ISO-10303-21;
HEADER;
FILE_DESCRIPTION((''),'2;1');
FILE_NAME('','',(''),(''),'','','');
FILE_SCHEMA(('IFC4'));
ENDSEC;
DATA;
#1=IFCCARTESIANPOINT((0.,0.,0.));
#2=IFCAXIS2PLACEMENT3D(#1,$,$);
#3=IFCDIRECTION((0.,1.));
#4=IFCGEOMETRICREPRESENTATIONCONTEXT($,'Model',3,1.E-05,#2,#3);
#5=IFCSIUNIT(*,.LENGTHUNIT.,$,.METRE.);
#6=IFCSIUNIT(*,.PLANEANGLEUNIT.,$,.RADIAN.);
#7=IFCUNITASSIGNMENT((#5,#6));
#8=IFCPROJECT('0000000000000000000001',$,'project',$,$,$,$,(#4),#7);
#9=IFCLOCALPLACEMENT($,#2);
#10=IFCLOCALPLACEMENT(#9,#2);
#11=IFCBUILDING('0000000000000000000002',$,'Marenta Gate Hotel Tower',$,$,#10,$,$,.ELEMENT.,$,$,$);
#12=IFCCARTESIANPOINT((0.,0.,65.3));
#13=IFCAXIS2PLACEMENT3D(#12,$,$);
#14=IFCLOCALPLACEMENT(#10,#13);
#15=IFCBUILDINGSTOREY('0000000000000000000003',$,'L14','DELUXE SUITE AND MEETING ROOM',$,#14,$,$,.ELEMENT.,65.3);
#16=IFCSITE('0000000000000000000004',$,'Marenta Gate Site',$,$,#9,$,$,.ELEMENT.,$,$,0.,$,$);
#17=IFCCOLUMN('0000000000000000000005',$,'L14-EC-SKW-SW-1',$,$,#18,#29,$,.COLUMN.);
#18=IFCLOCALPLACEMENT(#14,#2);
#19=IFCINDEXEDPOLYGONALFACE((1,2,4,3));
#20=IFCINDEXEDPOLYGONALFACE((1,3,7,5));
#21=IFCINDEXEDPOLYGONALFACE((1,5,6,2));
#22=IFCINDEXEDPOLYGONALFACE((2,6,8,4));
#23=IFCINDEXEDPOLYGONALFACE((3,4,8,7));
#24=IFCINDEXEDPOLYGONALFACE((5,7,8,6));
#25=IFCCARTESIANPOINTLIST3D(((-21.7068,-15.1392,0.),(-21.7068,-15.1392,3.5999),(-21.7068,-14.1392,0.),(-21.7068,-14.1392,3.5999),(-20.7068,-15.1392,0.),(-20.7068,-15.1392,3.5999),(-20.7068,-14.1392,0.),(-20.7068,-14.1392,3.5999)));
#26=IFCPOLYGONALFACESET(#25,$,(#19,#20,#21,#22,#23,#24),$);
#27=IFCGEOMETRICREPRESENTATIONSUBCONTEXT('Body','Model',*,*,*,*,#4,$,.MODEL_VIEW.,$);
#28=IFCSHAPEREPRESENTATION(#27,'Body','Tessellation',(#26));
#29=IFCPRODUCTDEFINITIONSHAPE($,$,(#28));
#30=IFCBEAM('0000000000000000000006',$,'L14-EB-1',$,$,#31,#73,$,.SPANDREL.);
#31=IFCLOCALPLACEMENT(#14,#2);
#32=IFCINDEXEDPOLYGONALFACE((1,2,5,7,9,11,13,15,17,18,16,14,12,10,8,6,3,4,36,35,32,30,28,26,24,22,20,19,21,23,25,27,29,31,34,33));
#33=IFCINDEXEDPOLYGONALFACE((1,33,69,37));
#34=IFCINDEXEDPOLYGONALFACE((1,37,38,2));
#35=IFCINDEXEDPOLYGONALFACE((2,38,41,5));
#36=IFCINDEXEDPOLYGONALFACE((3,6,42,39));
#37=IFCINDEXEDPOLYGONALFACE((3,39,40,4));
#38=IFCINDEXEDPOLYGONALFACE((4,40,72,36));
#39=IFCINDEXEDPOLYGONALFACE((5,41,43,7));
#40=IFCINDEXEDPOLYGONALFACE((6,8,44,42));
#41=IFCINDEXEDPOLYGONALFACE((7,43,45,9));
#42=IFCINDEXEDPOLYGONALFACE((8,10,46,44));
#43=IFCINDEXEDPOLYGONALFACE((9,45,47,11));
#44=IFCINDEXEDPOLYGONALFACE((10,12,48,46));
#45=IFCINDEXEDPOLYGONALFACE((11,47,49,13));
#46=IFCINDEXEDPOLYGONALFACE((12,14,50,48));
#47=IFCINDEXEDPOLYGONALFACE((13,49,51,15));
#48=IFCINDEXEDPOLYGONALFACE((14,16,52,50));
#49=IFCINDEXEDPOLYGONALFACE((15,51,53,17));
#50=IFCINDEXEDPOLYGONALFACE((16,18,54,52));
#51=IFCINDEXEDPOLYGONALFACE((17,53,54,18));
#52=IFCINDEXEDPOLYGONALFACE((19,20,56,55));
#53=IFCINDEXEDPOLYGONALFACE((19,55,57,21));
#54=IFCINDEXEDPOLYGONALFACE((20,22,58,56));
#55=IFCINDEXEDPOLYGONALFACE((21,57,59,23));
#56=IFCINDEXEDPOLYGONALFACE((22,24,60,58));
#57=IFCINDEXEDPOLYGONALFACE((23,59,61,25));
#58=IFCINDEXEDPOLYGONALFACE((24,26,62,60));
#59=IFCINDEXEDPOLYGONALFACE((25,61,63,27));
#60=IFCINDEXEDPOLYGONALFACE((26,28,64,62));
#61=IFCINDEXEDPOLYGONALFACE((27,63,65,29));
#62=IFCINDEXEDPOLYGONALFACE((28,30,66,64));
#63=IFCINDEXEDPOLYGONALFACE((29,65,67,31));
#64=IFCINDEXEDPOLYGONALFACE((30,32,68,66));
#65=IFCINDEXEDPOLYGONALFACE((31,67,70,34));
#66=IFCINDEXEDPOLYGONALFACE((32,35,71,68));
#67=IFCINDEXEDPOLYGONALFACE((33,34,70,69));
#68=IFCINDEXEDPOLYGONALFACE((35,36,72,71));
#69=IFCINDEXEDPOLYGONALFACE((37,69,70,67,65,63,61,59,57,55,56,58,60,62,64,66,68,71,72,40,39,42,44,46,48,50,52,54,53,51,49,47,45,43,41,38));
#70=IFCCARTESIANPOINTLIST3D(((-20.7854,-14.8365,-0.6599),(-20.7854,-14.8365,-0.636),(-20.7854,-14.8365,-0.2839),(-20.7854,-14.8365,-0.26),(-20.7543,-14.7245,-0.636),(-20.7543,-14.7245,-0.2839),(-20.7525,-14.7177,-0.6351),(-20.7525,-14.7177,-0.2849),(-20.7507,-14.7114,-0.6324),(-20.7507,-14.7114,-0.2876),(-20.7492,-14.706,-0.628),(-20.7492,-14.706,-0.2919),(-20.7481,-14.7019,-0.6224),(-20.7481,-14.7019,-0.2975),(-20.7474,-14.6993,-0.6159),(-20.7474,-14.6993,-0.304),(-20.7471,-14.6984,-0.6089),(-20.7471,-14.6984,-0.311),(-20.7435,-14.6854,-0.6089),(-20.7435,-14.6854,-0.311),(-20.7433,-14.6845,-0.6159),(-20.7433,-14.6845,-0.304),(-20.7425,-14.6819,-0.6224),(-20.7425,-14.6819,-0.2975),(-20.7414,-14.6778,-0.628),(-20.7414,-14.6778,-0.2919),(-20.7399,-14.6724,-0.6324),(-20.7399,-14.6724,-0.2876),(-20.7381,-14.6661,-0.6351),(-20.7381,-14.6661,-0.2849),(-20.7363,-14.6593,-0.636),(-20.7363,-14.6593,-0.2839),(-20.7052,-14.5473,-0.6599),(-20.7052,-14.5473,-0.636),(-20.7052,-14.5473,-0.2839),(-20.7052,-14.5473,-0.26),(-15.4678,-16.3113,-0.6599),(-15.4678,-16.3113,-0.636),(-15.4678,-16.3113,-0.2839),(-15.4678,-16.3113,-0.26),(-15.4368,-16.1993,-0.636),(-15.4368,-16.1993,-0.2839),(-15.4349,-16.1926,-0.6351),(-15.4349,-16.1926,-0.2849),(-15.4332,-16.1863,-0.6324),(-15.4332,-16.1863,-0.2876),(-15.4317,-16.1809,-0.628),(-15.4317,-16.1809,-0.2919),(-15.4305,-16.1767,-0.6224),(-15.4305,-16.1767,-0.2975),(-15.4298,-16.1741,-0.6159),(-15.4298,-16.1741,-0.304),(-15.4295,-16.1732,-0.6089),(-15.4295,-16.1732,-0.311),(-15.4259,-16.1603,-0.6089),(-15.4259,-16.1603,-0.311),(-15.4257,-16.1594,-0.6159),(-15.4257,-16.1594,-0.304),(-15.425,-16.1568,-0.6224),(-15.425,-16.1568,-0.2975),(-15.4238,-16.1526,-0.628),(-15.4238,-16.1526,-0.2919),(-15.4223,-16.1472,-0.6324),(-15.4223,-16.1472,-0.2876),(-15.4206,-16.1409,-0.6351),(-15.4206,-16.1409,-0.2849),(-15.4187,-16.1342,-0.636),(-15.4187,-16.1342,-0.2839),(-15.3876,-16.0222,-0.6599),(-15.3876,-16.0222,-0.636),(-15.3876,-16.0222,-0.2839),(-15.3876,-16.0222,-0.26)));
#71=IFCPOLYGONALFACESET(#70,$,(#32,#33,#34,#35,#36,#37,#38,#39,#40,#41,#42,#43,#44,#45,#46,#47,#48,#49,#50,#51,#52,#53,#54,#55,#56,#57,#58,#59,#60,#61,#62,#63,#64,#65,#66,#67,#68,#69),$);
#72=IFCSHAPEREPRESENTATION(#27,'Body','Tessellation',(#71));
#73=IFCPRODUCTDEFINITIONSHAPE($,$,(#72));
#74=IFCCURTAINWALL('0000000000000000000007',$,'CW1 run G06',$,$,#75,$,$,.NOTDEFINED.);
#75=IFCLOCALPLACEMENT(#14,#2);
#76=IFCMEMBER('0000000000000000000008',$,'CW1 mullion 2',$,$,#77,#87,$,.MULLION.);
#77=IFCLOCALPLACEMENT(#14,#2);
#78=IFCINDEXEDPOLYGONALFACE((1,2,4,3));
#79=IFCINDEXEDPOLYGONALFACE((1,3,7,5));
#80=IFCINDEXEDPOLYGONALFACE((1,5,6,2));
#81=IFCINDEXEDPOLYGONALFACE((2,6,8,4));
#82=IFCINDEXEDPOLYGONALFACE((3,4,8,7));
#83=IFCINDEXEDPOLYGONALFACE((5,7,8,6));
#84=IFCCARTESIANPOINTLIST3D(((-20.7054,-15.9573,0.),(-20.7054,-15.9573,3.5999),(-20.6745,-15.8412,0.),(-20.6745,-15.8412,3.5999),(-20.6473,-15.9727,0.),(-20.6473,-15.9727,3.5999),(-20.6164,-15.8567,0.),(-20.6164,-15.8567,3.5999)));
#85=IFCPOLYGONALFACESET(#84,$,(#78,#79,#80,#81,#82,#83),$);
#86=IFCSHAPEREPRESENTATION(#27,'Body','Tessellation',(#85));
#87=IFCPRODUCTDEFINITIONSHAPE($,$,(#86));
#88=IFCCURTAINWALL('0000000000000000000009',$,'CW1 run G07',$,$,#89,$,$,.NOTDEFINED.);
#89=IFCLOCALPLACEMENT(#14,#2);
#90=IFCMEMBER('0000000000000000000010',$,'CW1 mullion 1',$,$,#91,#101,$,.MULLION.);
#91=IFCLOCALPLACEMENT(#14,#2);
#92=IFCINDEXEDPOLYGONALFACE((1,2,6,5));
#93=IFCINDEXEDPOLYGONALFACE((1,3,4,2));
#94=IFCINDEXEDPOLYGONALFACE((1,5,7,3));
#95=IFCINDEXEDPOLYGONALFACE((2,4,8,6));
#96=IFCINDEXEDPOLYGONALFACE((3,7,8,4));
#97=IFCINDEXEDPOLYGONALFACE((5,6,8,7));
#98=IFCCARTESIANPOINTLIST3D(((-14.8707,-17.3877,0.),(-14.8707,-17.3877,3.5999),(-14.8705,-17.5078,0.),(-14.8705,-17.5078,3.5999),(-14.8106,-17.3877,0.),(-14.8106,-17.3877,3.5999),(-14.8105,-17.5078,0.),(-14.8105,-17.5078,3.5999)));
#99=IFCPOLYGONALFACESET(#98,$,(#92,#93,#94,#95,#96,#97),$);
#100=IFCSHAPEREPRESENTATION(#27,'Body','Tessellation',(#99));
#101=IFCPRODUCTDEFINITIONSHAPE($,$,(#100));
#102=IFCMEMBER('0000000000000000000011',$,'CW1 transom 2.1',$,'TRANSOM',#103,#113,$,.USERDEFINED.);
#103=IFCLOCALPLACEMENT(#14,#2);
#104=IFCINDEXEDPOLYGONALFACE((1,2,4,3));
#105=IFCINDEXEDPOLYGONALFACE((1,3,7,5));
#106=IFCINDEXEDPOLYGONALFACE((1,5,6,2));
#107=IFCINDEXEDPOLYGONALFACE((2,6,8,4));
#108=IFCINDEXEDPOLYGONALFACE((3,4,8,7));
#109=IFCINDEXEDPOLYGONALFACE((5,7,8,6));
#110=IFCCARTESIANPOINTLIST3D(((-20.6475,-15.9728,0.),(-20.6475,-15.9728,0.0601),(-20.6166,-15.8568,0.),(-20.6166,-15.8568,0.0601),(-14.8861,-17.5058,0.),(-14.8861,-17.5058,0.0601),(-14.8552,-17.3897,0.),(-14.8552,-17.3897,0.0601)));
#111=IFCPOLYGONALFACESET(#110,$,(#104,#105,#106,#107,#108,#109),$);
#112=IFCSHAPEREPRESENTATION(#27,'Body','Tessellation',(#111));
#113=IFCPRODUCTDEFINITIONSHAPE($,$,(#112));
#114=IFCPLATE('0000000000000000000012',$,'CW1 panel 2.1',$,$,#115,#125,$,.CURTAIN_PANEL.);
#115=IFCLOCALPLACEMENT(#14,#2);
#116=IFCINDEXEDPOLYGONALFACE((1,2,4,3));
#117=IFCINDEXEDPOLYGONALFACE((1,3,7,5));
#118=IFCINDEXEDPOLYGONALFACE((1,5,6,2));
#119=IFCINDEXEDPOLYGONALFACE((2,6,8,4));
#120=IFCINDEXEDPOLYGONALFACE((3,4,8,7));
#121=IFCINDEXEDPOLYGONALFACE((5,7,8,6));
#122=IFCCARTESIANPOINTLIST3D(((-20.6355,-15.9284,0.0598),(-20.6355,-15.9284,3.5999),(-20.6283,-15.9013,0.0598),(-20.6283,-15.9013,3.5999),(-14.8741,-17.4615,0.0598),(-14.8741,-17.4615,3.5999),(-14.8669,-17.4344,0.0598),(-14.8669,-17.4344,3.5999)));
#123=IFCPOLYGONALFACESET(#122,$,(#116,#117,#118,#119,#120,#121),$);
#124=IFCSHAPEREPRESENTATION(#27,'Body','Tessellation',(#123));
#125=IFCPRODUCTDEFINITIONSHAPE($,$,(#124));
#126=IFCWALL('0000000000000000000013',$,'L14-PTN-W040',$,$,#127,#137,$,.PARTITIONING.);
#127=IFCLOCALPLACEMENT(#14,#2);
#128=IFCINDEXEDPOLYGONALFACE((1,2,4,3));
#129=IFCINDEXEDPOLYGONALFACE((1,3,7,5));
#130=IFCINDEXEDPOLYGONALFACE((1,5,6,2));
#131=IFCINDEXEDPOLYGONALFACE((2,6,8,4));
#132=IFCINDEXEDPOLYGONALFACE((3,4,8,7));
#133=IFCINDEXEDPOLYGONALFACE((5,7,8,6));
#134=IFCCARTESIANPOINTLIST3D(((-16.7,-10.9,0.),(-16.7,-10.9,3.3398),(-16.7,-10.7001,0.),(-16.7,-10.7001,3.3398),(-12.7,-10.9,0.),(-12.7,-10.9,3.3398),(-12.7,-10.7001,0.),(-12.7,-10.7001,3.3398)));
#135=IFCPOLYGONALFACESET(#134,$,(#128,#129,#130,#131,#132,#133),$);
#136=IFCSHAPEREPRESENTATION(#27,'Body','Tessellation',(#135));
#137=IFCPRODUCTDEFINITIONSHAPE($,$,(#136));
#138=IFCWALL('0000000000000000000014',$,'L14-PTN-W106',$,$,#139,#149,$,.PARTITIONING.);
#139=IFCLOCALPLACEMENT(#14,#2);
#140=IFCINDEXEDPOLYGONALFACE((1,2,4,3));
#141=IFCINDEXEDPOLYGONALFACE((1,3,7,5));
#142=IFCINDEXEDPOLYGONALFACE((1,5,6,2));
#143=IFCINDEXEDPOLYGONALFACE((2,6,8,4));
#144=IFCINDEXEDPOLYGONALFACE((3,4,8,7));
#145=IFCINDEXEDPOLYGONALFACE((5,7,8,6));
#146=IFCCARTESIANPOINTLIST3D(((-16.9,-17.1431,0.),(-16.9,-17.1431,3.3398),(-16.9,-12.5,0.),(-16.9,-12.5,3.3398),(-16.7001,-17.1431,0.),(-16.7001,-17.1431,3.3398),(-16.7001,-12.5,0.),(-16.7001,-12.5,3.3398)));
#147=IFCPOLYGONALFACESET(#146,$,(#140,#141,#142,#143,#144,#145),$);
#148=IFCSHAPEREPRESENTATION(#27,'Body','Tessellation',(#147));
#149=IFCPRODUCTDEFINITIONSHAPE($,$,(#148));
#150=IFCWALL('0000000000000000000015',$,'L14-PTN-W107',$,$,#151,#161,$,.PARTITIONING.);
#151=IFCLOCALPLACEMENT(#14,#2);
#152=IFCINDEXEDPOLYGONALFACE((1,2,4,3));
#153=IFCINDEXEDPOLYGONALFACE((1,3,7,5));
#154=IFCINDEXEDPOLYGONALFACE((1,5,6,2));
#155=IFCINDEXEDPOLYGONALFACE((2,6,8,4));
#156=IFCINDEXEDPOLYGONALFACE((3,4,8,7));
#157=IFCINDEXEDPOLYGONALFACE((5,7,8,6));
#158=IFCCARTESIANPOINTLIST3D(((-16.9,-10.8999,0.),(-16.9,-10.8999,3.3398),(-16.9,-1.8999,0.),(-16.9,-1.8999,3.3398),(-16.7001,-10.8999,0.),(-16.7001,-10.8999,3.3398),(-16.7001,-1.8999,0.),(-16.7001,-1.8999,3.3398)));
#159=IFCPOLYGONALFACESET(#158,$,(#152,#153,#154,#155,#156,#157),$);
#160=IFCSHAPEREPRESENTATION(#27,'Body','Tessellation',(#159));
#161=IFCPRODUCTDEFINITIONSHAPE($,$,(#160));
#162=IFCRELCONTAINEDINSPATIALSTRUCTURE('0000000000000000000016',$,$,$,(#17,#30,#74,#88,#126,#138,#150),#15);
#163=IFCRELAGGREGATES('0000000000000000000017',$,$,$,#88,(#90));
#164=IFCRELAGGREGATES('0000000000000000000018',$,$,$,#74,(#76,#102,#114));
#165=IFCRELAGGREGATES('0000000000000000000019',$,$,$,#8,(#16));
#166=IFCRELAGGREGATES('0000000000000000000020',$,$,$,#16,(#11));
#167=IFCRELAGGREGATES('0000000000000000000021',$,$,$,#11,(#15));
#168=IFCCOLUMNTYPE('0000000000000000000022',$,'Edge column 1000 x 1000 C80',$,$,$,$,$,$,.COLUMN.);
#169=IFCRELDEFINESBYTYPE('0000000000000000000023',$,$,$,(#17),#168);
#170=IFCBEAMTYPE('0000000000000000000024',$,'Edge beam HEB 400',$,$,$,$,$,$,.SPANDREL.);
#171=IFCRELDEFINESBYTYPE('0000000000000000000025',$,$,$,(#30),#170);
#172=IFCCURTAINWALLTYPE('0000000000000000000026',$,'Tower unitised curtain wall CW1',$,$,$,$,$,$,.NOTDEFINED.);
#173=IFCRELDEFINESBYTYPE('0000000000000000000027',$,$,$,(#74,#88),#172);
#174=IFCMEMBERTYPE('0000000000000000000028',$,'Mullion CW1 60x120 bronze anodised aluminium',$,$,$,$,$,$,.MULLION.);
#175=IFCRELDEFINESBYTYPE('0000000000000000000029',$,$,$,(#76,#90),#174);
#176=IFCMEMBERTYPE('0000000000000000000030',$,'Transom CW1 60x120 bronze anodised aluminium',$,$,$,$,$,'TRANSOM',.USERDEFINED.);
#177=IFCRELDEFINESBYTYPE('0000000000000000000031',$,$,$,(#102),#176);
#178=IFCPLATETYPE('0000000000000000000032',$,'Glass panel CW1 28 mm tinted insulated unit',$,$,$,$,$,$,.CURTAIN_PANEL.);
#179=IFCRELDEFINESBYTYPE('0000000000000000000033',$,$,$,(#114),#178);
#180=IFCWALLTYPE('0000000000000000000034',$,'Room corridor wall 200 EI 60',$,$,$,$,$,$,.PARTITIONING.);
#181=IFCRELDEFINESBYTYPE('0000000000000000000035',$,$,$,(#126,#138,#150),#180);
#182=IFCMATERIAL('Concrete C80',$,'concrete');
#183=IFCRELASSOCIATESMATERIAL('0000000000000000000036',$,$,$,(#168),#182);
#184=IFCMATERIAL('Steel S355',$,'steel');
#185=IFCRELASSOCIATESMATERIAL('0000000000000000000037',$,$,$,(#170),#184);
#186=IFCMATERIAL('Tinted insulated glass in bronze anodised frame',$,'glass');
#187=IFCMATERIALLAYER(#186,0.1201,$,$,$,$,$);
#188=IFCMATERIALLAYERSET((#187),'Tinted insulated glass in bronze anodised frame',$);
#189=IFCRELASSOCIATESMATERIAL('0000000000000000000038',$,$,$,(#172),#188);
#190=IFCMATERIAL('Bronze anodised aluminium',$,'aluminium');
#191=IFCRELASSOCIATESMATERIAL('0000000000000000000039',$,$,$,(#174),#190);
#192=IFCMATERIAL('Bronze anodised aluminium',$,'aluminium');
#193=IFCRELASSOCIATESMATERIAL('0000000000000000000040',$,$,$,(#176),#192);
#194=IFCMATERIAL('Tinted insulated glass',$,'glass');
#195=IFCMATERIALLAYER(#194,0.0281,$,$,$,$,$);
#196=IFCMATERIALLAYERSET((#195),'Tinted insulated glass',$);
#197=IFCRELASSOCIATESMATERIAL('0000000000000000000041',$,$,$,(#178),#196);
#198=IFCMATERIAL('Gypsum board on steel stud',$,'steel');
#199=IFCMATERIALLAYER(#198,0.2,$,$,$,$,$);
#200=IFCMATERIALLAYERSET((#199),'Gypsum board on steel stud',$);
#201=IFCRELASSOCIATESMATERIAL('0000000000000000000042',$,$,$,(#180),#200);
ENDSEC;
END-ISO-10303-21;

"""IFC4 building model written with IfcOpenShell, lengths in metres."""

from ifc_helpers import new_model, si_unit, direction, frame, frame_2d, origin, origin_2d, place, context, subcontext, project, spatial, rectangle, i_section, extrude, material, layer, layer_set, material_profile, profile_set, type_object, element, aggregate, save


model = new_model("IFC4")

# Units and contexts
model_context = context("Model", 3, precision=1e-05, world=origin(), true_north=direction((0.0, 1.0)))
body_context = subcontext(model_context, "Body", "Model", "MODEL_VIEW")
ifc_project = project(units=[si_unit("LENGTHUNIT", "METRE"), si_unit("PLANEANGLEUNIT", "RADIAN")], contexts=[model_context])

# Site, building, storey
site_placement = place(None, origin())
site = spatial("IfcSite", under=ifc_project, at=site_placement, Name="Marenta Gate Site", CompositionType="ELEMENT", RefElevation=0.0)
building_placement = place(site_placement, origin())
building = spatial("IfcBuilding", under=site, at=building_placement, Name="Marenta Gate Hotel Tower", CompositionType="ELEMENT")
storey_placement = place(building_placement, frame((0.0, 0.0, 65.3)))
storey = spatial("IfcBuildingStorey", under=building, at=storey_placement, Name="L14", Description="DELUXE SUITE AND MEETING ROOM", CompositionType="ELEMENT", Elevation=65.3)

# Column
ifc_material_1 = material(Name="Concrete C80", Category="concrete")
ifc_material_profile_1 = material_profile(ifc_material_1, rectangle(XDim=1.0, YDim=1.0, at=origin_2d()), Name="1000 x 1000")
ifc_profile_set_1 = profile_set([ifc_material_profile_1], Name="Concrete C80")
column_type = type_object("IfcColumnType", Name="Edge column 1000 x 1000 C80", PredefinedType="COLUMN", material=ifc_profile_set_1)
column_placement = place(storey_placement, frame((-21.2068, -14.6392, 0.0), z_axis=(0.0, 0.0, 1.0), x_axis=(1.0, 0.0, 0.0)))
element("IfcColumn", 1, at=column_placement, inside=storey, type_object=column_type, Name="L14-EC-SKW-SW-1", PredefinedType="COLUMN", context=body_context, shape_type="SweptSolid", body=[
    extrude(rectangle(XDim=1.0, YDim=1.0, at=origin_2d()), origin(), (0.0, 0.0, 1.0), 3.5999),
])

# Beam
ifc_material_2 = material(Name="Steel S355", Category="steel")
ifc_material_profile_2 = material_profile(ifc_material_2, i_section(OverallWidth=0.3, OverallDepth=0.3999, WebThickness=0.0134, FlangeThickness=0.0239, FilletRadius=0.0271, at=origin_2d()), Name="HEB 400")
ifc_profile_set_2 = profile_set([ifc_material_profile_2], Name="Steel S355")
beam_type = type_object("IfcBeamType", Name="Edge beam HEB 400", PredefinedType="SPANDREL", material=ifc_profile_set_2)
beam_placement = place(storey_placement, frame((-15.4277, -16.1667, -0.46), z_axis=(-0.963624, 0.267263, 0.0), x_axis=(-0.267263, -0.963624, 0.0)))
element("IfcBeam", 2, at=beam_placement, inside=storey, type_object=beam_type, Name="L14-EB-1", PredefinedType="SPANDREL", context=body_context, shape_type="SweptSolid", body=[
    extrude(i_section(OverallWidth=0.3, OverallDepth=0.3999, WebThickness=0.0134, FlangeThickness=0.0239, FilletRadius=0.0271, at=origin_2d()), origin(), (0.0, 0.0, 1.0), 5.5183),
])

# Curtain walls, members
ifc_material_3 = material(Name="Tinted insulated glass in bronze anodised frame", Category="glass")
ifc_layer_1 = layer(ifc_material_3, 0.1201)
ifc_layer_set_1 = layer_set([ifc_layer_1], Name="Tinted insulated glass in bronze anodised frame")
curtain_wall_type = type_object("IfcCurtainWallType", Name="Tower unitised curtain wall CW1", PredefinedType="NOTDEFINED", material=ifc_layer_set_1)
curtain_wall_1_placement = place(storey_placement, origin())
curtain_wall_1 = element("IfcCurtainWall", 3, at=curtain_wall_1_placement, inside=storey, type_object=curtain_wall_type, Name="CW1 run G06", PredefinedType="NOTDEFINED")
ifc_material_4 = material(Name="Bronze anodised aluminium", Category="aluminium")
ifc_material_profile_3 = material_profile(ifc_material_4, rectangle(XDim=0.1201, YDim=0.0601, at=origin_2d()), Name="Mullion CW1 60x120 bronze anodised aluminium")
ifc_profile_set_3 = profile_set([ifc_material_profile_3], Name="Bronze anodised aluminium")
member_type_1 = type_object("IfcMemberType", Name="Mullion CW1 60x120 bronze anodised aluminium", PredefinedType="MULLION", material=ifc_profile_set_3)
member_1_placement = place(storey_placement, frame((-20.6609, -15.907, 0.0), z_axis=(0.0, 0.0, 1.0), x_axis=(0.257142, 0.966374, 0.0)))
member_1 = element("IfcMember", 4, at=member_1_placement, type_object=member_type_1, Name="CW1 mullion 2", PredefinedType="MULLION", context=body_context, shape_type="SweptSolid", body=[
    extrude(rectangle(XDim=0.1201, YDim=0.0601, at=origin_2d()), origin(), (0.0, 0.0, 1.0), 3.5999),
])
curtain_wall_2_placement = place(storey_placement, origin())
curtain_wall_2 = element("IfcCurtainWall", 5, at=curtain_wall_2_placement, inside=storey, type_object=curtain_wall_type, Name="CW1 run G07", PredefinedType="NOTDEFINED")
member_2_placement = place(storey_placement, frame((-14.8406, -17.4478, 0.0), z_axis=(0.0, 0.0, 1.0), x_axis=(-0.001162, 0.999999, 0.0)))
member_2 = element("IfcMember", 6, at=member_2_placement, type_object=member_type_1, Name="CW1 mullion 1", PredefinedType="MULLION", context=body_context, shape_type="SweptSolid", body=[
    extrude(rectangle(XDim=0.1201, YDim=0.0601, at=origin_2d()), origin(), (0.0, 0.0, 1.0), 3.5999),
])
aggregate(curtain_wall_2, [member_2])

# Member
ifc_material_5 = material(Name="Bronze anodised aluminium", Category="aluminium")
ifc_material_profile_4 = material_profile(ifc_material_5, rectangle(XDim=0.1201, YDim=0.0601, at=origin_2d()), Name="Transom CW1 60x120 bronze anodised aluminium")
ifc_profile_set_4 = profile_set([ifc_material_profile_4], Name="Bronze anodised aluminium")
member_type_2 = type_object("IfcMemberType", Name="Transom CW1 60x120 bronze anodised aluminium", ElementType="TRANSOM", PredefinedType="USERDEFINED", material=ifc_profile_set_4)
member_3_placement = place(storey_placement, frame((-20.6321, -15.9148, 0.03), z_axis=(0.966378, -0.257125, 0.0), x_axis=(0.257125, 0.966378, 0.0)))
member_3 = element("IfcMember", 7, at=member_3_placement, type_object=member_type_2, Name="CW1 transom 2.1", ObjectType="TRANSOM", PredefinedType="USERDEFINED", context=body_context, shape_type="SweptSolid", body=[
    extrude(rectangle(XDim=0.1201, YDim=0.0601, at=origin_2d()), origin(), (0.0, 0.0, 1.0), 5.9619),
])

# Plate
ifc_material_6 = material(Name="Tinted insulated glass", Category="glass")
ifc_layer_2 = layer(ifc_material_6, 0.0281)
ifc_layer_set_2 = layer_set([ifc_layer_2], Name="Tinted insulated glass")
plate_type = type_object("IfcPlateType", Name="Glass panel CW1 28 mm tinted insulated unit", PredefinedType="CURTAIN_PANEL", material=ifc_layer_set_2)
plate_placement = place(storey_placement, frame((-17.7512, -16.6814, 0.0598), z_axis=(0.0, 0.0, 1.0), x_axis=(0.966374, -0.257142, 0.0)))
plate = element("IfcPlate", 8, at=plate_placement, type_object=plate_type, Name="CW1 panel 2.1", PredefinedType="CURTAIN_PANEL", context=body_context, shape_type="SweptSolid", body=[
    extrude(rectangle(XDim=5.9619, YDim=0.0281, at=origin_2d()), origin(), (0.0, 0.0, 1.0), 3.54),
])
aggregate(curtain_wall_1, [member_1, member_3, plate])

# Shared definitions
ifc_material_7 = material(Name="Gypsum board on steel stud", Category="steel")
ifc_layer_3 = layer(ifc_material_7, 0.2)
ifc_layer_set_3 = layer_set([ifc_layer_3], Name="Gypsum board on steel stud")
wall_type_1 = type_object("IfcWallType", Name="Room corridor wall 200 EI 60", PredefinedType="PARTITIONING", material=ifc_layer_set_3)

# Walls
wall_1_placement = place(storey_placement, frame((-16.7, -10.8, 0.0), z_axis=(0.0, 0.0, 1.0), x_axis=(1.0, 0.0, 0.0)))
element("IfcWall", 9, at=wall_1_placement, inside=storey, type_object=wall_type_1, Name="L14-PTN-W040", PredefinedType="PARTITIONING", context=body_context, shape_type="SweptSolid", body=[
    extrude(rectangle(XDim=4.0, YDim=0.2, at=frame_2d((2.0, 0.0))), origin(), (0.0, 0.0, 1.0), 3.3398),
])
wall_2_placement = place(storey_placement, frame((-16.8, -17.1431, 0.0), z_axis=(0.0, 0.0, 1.0), x_axis=(0.0, 1.0, 0.0)))
element("IfcWall", 10, at=wall_2_placement, inside=storey, type_object=wall_type_1, Name="L14-PTN-W106", PredefinedType="PARTITIONING", context=body_context, shape_type="SweptSolid", body=[
    extrude(rectangle(XDim=4.6431, YDim=0.2, at=frame_2d((2.3215, 0.0))), origin(), (0.0, 0.0, 1.0), 3.3398),
])
wall_3_placement = place(storey_placement, frame((-16.8, -10.8999, 0.0), z_axis=(0.0, 0.0, 1.0), x_axis=(0.0, 1.0, 0.0)))
element("IfcWall", 11, at=wall_3_placement, inside=storey, type_object=wall_type_1, Name="L14-PTN-W107", PredefinedType="PARTITIONING", context=body_context, shape_type="SweptSolid", body=[
    extrude(rectangle(XDim=9.0, YDim=0.2, at=frame_2d((4.5, 0.0))), origin(), (0.0, 0.0, 1.0), 3.3398),
])

save(model, "model.ifc")
